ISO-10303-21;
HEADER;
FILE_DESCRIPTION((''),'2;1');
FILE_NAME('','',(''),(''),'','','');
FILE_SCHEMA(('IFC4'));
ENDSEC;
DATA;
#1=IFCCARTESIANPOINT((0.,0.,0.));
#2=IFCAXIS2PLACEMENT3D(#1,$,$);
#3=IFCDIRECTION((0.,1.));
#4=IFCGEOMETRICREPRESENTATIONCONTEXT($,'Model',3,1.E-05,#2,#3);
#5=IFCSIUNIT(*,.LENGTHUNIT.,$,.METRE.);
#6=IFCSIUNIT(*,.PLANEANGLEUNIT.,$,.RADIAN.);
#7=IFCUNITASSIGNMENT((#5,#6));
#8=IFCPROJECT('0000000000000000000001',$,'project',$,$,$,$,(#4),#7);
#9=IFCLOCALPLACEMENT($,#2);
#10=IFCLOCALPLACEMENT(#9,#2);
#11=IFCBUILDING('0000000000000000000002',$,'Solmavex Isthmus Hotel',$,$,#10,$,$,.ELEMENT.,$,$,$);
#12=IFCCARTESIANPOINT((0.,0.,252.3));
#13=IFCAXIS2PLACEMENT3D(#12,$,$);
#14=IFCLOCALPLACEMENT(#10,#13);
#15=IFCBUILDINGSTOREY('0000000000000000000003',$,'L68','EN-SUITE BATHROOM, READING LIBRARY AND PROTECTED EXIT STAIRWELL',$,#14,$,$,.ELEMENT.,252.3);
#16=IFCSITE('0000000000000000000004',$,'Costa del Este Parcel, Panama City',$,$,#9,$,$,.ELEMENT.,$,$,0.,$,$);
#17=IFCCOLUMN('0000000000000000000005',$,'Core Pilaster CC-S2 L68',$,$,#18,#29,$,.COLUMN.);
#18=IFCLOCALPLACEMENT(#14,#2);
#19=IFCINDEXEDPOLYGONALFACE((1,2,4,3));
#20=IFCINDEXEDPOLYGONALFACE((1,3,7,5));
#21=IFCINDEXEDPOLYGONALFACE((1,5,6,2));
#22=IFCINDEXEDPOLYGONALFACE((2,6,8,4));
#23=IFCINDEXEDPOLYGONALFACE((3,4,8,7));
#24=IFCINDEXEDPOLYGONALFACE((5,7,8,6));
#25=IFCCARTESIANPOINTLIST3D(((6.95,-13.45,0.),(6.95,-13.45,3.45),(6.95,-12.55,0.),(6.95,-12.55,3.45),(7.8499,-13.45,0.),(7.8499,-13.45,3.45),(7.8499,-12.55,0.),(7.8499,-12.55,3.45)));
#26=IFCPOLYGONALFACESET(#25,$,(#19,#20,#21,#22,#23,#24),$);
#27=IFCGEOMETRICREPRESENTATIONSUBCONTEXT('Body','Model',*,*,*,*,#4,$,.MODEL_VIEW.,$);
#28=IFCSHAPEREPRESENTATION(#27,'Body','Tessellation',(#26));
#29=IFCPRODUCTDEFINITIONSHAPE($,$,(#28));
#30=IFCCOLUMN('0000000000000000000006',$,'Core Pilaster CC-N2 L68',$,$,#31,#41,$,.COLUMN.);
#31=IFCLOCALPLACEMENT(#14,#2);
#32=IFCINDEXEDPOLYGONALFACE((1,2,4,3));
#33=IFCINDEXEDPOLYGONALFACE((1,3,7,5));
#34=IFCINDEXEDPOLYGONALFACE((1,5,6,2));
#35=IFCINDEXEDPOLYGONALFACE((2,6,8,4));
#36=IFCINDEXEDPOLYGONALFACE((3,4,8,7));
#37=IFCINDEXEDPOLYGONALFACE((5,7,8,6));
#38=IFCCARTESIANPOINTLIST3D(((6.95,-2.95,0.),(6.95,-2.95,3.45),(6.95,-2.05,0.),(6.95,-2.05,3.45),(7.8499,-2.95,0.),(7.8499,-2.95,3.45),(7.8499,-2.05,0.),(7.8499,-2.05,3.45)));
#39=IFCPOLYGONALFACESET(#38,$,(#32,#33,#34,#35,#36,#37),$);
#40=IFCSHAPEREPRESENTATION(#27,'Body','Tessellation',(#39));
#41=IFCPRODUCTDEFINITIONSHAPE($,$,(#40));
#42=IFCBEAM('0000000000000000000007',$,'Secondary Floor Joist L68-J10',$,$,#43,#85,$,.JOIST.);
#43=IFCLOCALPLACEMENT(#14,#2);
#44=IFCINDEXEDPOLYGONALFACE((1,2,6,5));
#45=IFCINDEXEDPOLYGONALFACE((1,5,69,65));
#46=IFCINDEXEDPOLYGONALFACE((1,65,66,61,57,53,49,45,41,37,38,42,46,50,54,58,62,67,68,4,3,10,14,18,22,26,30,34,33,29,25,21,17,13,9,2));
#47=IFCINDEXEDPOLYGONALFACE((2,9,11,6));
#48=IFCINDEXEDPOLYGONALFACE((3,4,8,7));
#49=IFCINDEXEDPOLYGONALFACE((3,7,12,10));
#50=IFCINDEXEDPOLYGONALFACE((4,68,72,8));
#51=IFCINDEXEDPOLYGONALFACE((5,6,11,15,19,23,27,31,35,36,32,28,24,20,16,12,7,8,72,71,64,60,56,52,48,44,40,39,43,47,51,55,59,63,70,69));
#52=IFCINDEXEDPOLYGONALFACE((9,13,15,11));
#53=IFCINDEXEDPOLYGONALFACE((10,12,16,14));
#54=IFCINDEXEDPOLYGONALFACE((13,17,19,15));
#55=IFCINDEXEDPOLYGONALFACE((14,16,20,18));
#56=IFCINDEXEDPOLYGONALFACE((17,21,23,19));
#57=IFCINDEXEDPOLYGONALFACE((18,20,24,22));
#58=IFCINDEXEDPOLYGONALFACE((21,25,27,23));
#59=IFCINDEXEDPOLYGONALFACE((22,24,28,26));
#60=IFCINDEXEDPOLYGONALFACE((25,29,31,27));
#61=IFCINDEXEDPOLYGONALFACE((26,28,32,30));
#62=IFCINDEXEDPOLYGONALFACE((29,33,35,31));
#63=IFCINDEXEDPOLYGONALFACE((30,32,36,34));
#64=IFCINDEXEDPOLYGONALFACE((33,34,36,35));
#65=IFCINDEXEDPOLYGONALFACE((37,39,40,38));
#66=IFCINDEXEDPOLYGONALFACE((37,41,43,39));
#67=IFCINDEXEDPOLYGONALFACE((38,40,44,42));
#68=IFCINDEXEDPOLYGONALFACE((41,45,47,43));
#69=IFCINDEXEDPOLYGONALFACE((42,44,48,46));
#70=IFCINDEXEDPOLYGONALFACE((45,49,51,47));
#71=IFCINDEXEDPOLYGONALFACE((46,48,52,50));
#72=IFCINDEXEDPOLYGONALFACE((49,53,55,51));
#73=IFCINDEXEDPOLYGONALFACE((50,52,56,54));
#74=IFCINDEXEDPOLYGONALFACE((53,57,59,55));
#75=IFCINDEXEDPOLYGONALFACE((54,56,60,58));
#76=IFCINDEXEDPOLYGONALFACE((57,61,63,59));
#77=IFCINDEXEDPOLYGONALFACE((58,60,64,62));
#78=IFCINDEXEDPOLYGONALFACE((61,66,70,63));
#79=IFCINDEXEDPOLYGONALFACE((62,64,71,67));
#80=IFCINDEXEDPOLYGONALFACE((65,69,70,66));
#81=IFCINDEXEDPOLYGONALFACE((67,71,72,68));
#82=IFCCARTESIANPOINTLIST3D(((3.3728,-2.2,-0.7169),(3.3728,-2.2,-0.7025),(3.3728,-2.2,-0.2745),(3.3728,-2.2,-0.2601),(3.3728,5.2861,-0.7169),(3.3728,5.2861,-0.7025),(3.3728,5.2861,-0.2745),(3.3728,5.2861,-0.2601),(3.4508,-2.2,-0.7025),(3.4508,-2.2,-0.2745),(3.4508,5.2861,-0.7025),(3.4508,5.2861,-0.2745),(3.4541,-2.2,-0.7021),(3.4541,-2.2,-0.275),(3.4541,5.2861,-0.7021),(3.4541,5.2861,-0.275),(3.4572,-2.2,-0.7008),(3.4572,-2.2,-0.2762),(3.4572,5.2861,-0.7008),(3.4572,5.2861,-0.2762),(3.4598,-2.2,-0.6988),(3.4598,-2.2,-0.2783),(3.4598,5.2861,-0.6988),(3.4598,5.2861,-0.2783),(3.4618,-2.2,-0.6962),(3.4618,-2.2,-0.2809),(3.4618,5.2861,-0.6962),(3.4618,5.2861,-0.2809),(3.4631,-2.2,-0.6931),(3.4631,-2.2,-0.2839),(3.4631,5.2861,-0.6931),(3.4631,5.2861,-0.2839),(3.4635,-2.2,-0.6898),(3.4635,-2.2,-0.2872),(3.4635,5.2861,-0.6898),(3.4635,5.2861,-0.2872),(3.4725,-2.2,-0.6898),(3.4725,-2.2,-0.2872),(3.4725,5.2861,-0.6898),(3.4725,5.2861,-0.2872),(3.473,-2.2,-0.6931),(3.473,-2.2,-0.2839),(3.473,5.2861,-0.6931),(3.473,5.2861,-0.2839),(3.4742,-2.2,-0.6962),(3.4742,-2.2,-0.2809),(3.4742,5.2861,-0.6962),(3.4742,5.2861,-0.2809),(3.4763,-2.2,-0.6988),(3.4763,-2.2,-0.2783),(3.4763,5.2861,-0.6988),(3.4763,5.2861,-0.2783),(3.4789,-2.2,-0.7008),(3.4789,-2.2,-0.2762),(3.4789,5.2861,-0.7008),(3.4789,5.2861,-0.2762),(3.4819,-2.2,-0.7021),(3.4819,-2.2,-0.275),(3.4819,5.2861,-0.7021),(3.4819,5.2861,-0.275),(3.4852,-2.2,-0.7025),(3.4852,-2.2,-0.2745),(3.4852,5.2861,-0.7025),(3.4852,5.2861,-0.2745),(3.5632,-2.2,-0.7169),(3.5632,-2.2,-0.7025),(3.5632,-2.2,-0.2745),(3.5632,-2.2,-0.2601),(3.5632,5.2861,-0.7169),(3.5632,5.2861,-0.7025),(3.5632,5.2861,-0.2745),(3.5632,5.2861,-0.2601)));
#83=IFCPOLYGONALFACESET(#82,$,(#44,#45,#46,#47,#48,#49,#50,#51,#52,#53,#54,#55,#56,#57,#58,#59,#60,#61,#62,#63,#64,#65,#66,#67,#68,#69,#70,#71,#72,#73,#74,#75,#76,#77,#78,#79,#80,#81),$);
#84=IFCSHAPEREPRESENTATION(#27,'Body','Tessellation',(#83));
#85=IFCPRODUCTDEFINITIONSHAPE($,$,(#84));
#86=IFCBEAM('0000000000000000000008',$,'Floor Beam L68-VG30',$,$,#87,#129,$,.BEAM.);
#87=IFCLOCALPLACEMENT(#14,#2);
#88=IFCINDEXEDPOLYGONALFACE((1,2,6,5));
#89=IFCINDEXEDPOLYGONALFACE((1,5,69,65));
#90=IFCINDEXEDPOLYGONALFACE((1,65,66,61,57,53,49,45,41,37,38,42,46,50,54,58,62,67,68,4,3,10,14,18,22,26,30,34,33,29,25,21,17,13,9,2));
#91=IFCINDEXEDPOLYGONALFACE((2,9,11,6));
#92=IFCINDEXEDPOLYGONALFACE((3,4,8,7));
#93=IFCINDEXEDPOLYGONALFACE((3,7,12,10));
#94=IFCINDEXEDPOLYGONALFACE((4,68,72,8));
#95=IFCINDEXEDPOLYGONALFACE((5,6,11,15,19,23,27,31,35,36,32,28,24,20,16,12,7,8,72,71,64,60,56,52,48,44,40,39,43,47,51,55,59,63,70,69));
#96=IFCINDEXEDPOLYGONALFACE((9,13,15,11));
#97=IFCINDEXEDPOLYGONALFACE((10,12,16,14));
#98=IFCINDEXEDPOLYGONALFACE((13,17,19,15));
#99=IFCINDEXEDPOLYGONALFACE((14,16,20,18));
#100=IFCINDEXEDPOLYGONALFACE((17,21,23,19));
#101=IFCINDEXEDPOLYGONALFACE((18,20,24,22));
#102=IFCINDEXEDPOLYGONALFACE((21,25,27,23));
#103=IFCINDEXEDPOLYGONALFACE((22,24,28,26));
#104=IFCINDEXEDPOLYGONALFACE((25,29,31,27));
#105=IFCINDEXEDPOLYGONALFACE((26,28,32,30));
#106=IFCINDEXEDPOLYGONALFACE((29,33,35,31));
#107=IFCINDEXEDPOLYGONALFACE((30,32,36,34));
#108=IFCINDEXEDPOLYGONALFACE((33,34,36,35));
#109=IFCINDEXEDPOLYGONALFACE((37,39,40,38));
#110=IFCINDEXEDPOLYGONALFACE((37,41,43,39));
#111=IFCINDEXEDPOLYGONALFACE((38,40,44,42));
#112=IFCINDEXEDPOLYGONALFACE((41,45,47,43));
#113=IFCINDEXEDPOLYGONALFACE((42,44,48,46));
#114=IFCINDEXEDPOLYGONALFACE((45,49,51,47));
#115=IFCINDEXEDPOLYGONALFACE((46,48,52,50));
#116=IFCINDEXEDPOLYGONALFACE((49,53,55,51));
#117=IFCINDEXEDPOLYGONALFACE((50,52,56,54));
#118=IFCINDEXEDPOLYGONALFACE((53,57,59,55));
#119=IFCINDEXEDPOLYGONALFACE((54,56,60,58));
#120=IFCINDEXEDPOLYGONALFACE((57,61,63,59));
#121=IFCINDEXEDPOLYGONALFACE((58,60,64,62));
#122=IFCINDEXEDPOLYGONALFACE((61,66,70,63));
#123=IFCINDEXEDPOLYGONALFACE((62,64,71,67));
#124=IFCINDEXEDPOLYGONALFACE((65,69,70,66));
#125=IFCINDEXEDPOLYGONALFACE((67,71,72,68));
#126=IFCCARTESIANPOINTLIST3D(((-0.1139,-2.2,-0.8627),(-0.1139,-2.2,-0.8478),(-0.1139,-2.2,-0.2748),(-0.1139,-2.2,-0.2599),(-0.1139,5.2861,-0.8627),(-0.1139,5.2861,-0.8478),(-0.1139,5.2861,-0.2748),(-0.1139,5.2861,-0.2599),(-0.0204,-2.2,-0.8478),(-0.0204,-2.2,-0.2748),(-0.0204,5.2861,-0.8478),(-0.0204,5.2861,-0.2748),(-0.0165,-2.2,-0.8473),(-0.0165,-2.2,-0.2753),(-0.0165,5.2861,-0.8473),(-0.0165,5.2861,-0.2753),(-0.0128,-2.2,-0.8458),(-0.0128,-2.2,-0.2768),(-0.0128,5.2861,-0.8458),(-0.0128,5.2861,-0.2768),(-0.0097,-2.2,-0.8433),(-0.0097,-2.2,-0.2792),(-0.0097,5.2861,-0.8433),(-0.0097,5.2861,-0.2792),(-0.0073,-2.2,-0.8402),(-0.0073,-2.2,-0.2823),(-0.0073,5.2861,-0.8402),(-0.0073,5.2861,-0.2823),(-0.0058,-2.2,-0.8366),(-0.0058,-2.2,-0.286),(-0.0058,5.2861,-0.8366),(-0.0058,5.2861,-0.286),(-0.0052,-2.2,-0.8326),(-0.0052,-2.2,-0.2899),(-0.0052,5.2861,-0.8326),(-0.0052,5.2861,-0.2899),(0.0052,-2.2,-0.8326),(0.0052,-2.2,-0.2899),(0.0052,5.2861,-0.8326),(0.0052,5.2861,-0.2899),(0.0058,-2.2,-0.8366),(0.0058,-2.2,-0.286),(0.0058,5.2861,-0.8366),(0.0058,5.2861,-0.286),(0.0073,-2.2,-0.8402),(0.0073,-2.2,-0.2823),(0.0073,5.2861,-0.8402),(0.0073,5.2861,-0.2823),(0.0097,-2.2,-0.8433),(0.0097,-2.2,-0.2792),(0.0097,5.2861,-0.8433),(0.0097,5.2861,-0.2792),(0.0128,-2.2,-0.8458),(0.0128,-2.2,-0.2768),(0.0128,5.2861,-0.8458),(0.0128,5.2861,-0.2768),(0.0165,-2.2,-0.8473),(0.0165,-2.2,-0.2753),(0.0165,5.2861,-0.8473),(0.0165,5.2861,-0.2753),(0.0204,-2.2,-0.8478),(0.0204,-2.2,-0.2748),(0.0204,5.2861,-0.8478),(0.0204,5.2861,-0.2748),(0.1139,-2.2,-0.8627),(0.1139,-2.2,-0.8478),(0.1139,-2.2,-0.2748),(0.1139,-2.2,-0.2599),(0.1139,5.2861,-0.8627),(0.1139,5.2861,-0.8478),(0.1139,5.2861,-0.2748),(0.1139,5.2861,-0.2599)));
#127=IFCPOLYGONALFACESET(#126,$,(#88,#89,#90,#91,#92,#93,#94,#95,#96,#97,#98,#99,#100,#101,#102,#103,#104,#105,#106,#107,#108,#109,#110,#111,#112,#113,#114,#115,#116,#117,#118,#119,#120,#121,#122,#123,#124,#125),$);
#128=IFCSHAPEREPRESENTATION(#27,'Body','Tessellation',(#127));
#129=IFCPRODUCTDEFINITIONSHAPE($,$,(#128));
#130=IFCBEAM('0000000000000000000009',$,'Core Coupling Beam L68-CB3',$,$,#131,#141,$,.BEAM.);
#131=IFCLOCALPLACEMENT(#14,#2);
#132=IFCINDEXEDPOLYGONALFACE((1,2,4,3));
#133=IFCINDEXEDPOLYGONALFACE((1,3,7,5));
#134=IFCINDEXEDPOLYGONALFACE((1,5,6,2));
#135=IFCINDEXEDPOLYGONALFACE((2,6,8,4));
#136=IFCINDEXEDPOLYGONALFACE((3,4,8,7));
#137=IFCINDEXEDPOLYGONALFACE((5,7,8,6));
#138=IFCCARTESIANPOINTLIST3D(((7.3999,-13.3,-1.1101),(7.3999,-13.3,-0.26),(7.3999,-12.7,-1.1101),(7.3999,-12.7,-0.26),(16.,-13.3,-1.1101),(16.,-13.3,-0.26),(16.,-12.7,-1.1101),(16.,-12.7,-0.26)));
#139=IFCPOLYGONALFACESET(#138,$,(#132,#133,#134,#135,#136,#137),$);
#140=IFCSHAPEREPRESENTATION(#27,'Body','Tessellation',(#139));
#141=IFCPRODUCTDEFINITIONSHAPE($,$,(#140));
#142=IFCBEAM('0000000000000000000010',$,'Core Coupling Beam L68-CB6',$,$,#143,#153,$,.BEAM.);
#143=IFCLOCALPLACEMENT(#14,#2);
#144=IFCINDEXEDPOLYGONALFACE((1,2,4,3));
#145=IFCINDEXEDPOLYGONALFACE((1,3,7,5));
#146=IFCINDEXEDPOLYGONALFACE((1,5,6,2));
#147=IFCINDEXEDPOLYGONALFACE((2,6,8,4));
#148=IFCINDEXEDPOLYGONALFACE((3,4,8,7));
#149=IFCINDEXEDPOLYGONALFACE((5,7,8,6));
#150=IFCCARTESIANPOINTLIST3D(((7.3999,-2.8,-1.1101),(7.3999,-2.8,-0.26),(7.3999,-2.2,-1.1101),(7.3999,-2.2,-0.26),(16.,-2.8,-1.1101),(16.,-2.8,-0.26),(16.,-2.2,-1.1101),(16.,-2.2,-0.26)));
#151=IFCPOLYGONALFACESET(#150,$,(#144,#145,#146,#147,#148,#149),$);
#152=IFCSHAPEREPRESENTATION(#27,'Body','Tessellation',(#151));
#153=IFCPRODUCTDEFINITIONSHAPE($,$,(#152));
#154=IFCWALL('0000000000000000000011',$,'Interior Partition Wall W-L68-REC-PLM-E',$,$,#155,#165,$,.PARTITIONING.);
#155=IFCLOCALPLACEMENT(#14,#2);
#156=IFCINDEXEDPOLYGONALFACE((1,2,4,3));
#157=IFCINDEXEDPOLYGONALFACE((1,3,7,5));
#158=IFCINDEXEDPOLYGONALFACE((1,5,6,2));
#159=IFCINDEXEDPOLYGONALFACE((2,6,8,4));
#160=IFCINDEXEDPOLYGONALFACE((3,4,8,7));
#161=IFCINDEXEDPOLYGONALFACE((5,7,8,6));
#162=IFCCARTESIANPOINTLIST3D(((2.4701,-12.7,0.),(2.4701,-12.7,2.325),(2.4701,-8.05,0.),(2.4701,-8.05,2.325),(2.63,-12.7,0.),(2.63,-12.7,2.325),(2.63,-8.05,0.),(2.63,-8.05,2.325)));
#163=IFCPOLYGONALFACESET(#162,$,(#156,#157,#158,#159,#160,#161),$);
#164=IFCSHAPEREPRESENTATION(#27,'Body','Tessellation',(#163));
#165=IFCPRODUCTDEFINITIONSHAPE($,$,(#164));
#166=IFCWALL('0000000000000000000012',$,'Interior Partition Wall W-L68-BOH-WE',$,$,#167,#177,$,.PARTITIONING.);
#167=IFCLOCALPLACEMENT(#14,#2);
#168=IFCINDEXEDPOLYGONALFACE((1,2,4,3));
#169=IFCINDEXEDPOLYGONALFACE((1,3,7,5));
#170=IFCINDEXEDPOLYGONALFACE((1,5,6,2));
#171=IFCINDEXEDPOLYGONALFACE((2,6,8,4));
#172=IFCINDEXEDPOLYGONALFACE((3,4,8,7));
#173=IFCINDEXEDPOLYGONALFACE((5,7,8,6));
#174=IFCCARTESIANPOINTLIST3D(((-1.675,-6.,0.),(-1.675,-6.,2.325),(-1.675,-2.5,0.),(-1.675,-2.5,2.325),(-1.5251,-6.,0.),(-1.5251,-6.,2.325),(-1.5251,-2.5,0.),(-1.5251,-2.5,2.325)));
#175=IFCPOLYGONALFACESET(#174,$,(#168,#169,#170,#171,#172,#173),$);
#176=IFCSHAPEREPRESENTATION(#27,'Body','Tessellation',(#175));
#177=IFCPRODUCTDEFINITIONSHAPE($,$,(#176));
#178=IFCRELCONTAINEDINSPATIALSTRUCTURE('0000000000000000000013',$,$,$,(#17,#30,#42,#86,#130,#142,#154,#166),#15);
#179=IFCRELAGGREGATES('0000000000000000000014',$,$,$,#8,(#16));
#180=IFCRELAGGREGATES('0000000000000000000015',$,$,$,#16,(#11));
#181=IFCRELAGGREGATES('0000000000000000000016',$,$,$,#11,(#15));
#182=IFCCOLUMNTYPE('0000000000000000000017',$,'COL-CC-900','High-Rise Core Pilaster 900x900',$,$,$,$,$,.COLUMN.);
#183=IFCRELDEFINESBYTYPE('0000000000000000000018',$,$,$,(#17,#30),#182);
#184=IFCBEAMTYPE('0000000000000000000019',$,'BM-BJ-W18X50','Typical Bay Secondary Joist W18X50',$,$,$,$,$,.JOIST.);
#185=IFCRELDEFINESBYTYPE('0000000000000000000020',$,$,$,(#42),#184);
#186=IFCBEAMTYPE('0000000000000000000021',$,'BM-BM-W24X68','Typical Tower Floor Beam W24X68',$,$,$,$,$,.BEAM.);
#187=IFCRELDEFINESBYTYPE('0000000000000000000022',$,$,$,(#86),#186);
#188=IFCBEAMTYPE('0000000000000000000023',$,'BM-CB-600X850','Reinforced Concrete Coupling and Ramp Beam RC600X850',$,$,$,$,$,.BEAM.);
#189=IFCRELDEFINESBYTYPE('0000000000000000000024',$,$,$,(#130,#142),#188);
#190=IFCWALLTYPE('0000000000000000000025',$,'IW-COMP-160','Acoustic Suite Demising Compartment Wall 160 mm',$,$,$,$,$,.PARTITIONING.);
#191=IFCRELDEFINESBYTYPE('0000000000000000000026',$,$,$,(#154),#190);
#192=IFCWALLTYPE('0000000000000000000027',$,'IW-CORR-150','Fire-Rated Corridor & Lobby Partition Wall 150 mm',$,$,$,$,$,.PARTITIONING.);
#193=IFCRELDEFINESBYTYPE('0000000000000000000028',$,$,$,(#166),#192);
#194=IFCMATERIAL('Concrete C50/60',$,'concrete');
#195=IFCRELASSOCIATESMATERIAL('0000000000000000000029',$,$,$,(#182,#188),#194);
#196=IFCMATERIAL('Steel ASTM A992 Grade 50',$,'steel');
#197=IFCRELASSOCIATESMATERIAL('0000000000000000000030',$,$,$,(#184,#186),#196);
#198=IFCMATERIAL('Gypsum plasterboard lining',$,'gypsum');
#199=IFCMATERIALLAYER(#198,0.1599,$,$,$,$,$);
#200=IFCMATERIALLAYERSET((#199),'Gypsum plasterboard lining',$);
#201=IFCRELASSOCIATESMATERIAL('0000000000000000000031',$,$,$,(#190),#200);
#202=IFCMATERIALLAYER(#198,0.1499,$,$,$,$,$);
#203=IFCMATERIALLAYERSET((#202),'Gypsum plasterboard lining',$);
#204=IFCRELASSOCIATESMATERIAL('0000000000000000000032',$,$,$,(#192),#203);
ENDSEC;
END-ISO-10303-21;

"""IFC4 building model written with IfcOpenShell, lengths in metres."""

from ifc_helpers import new_model, si_unit, direction, frame, frame_2d, origin, origin_2d, place, context, subcontext, project, spatial, rectangle, i_section, extrude, material, layer, layer_set, material_profile, profile_set, type_object, element, save


model = new_model("IFC4")

# Units and contexts
model_context = context("Model", 3, precision=1e-05, world=origin(), true_north=direction((0.0, 1.0)))
body_context = subcontext(model_context, "Body", "Model", "MODEL_VIEW")
ifc_project = project(units=[si_unit("LENGTHUNIT", "METRE"), si_unit("PLANEANGLEUNIT", "RADIAN")], contexts=[model_context])

# Site, building, storey
site_placement = place(None, origin())
site = spatial("IfcSite", under=ifc_project, at=site_placement, Name="Costa del Este Parcel, Panama City", CompositionType="ELEMENT", RefElevation=0.0)
building_placement = place(site_placement, origin())
building = spatial("IfcBuilding", under=site, at=building_placement, Name="Solmavex Isthmus Hotel", CompositionType="ELEMENT")
storey_placement = place(building_placement, frame((0.0, 0.0, 252.3)))
storey = spatial("IfcBuildingStorey", under=building, at=storey_placement, Name="L68", Description="EN-SUITE BATHROOM, READING LIBRARY AND PROTECTED EXIT STAIRWELL", CompositionType="ELEMENT", Elevation=252.3)

# Columns
ifc_material_1 = material(Name="Concrete C50/60", Category="concrete")
ifc_material_profile_1 = material_profile(ifc_material_1, rectangle(XDim=0.8999, YDim=0.8999, at=origin_2d()), Name="RC900X900")
ifc_profile_set_1 = profile_set([ifc_material_profile_1], Name="Concrete C50/60")
column_type = type_object("IfcColumnType", Name="COL-CC-900", Description="High-Rise Core Pilaster 900x900", PredefinedType="COLUMN", material=ifc_profile_set_1)
for number, where, z_axis, x_axis, name in (
    (1, (7.3999, -13.0, 0.0), (0.0, 0.0, 1.0), (1.0, 0.0, 0.0), "Core Pilaster CC-S2 L68"),
    (2, (7.3999, -2.5, 0.0), (0.0, 0.0, 1.0), (1.0, 0.0, 0.0), "Core Pilaster CC-N2 L68"),
):
    element("IfcColumn", number, at=place(storey_placement, frame(where, z_axis=z_axis, x_axis=x_axis)), inside=storey, type_object=column_type, Name=name, PredefinedType="COLUMN", context=body_context, shape_type="SweptSolid", body=[
        extrude(rectangle(XDim=0.8999, YDim=0.8999, at=origin_2d()), origin(), (0.0, 0.0, 1.0), 3.45),
    ])

# Beams
ifc_material_2 = material(Name="Steel ASTM A992 Grade 50", Category="steel")
ifc_material_profile_2 = material_profile(ifc_material_2, i_section(OverallWidth=0.1904, OverallDepth=0.4568, WebThickness=0.009, FlangeThickness=0.0144, FilletRadius=0.0127, at=origin_2d()), Name="W18X50")
ifc_profile_set_2 = profile_set([ifc_material_profile_2], Name="Steel ASTM A992 Grade 50")
beam_type_1 = type_object("IfcBeamType", Name="BM-BJ-W18X50", Description="Typical Bay Secondary Joist W18X50", PredefinedType="JOIST", material=ifc_profile_set_2)
beam_1_placement = place(storey_placement, frame((3.468, -2.2, -0.4885), z_axis=(0.0, 1.0, 0.0), x_axis=(-1.0, 0.0, 0.0)))
element("IfcBeam", 3, at=beam_1_placement, inside=storey, type_object=beam_type_1, Name="Secondary Floor Joist L68-J10", PredefinedType="JOIST", context=body_context, shape_type="SweptSolid", body=[
    extrude(i_section(OverallWidth=0.1904, OverallDepth=0.4568, WebThickness=0.009, FlangeThickness=0.0144, FilletRadius=0.0127, at=origin_2d()), origin(), (0.0, 0.0, 1.0), 7.4861),
])
ifc_material_profile_3 = material_profile(ifc_material_2, i_section(OverallWidth=0.2278, OverallDepth=0.6028, WebThickness=0.0105, FlangeThickness=0.0149, FilletRadius=0.0151, at=origin_2d()), Name="W24X68")
ifc_profile_set_3 = profile_set([ifc_material_profile_3], Name="Steel ASTM A992 Grade 50")
beam_type_2 = type_object("IfcBeamType", Name="BM-BM-W24X68", Description="Typical Tower Floor Beam W24X68", PredefinedType="BEAM", material=ifc_profile_set_3)
beam_2_placement = place(storey_placement, frame((0.0, -2.2, -0.5613), z_axis=(0.0, 1.0, 0.0), x_axis=(-1.0, 0.0, 0.0)))
element("IfcBeam", 4, at=beam_2_placement, inside=storey, type_object=beam_type_2, Name="Floor Beam L68-VG30", PredefinedType="BEAM", context=body_context, shape_type="SweptSolid", body=[
    extrude(i_section(OverallWidth=0.2278, OverallDepth=0.6028, WebThickness=0.0105, FlangeThickness=0.0149, FilletRadius=0.0151, at=origin_2d()), origin(), (0.0, 0.0, 1.0), 7.4861),
])
ifc_material_profile_4 = material_profile(ifc_material_1, rectangle(XDim=0.6001, YDim=0.8501, at=origin_2d()), Name="RC600X850")
ifc_profile_set_4 = profile_set([ifc_material_profile_4], Name="Concrete C50/60")
beam_type_3 = type_object("IfcBeamType", Name="BM-CB-600X850", Description="Reinforced Concrete Coupling and Ramp Beam RC600X850", PredefinedType="BEAM", material=ifc_profile_set_4)
for number, where, z_axis, x_axis, name in (
    (5, (7.3999, -13.0, -0.6851), (1.0, 0.0, 0.0), (0.0, 1.0, 0.0), "Core Coupling Beam L68-CB3"),
    (6, (7.3999, -2.5, -0.6851), (1.0, 0.0, 0.0), (0.0, 1.0, 0.0), "Core Coupling Beam L68-CB6"),
):
    element("IfcBeam", number, at=place(storey_placement, frame(where, z_axis=z_axis, x_axis=x_axis)), inside=storey, type_object=beam_type_3, Name=name, PredefinedType="BEAM", context=body_context, shape_type="SweptSolid", body=[
        extrude(rectangle(XDim=0.6001, YDim=0.8501, at=origin_2d()), origin(), (0.0, 0.0, 1.0), 8.6001),
    ])

# Walls
ifc_material_3 = material(Name="Gypsum plasterboard lining", Category="gypsum")
ifc_layer_1 = layer(ifc_material_3, 0.1599)
ifc_layer_set_1 = layer_set([ifc_layer_1], Name="Gypsum plasterboard lining")
wall_type_1 = type_object("IfcWallType", Name="IW-COMP-160", Description="Acoustic Suite Demising Compartment Wall 160 mm", PredefinedType="PARTITIONING", material=ifc_layer_set_1)
wall_1_placement = place(storey_placement, frame((2.55, -12.7, 0.0), z_axis=(0.0, 0.0, 1.0), x_axis=(0.0, 1.0, 0.0)))
element("IfcWall", 7, at=wall_1_placement, inside=storey, type_object=wall_type_1, Name="Interior Partition Wall W-L68-REC-PLM-E", PredefinedType="PARTITIONING", context=body_context, shape_type="SweptSolid", body=[
    extrude(rectangle(XDim=4.6499, YDim=0.1599, at=frame_2d((2.325, 0.0))), origin(), (0.0, 0.0, 1.0), 2.325),
])
ifc_layer_2 = layer(ifc_material_3, 0.1499)
ifc_layer_set_2 = layer_set([ifc_layer_2], Name="Gypsum plasterboard lining")
wall_type_2 = type_object("IfcWallType", Name="IW-CORR-150", Description="Fire-Rated Corridor & Lobby Partition Wall 150 mm", PredefinedType="PARTITIONING", material=ifc_layer_set_2)
wall_2_placement = place(storey_placement, frame((-1.6001, -6.0, 0.0), z_axis=(0.0, 0.0, 1.0), x_axis=(0.0, 1.0, 0.0)))
element("IfcWall", 8, at=wall_2_placement, inside=storey, type_object=wall_type_2, Name="Interior Partition Wall W-L68-BOH-WE", PredefinedType="PARTITIONING", context=body_context, shape_type="SweptSolid", body=[
    extrude(rectangle(XDim=3.5, YDim=0.1499, at=frame_2d((1.75, 0.0))), origin(), (0.0, 0.0, 1.0), 2.325),
])

save(model, "model.ifc")
